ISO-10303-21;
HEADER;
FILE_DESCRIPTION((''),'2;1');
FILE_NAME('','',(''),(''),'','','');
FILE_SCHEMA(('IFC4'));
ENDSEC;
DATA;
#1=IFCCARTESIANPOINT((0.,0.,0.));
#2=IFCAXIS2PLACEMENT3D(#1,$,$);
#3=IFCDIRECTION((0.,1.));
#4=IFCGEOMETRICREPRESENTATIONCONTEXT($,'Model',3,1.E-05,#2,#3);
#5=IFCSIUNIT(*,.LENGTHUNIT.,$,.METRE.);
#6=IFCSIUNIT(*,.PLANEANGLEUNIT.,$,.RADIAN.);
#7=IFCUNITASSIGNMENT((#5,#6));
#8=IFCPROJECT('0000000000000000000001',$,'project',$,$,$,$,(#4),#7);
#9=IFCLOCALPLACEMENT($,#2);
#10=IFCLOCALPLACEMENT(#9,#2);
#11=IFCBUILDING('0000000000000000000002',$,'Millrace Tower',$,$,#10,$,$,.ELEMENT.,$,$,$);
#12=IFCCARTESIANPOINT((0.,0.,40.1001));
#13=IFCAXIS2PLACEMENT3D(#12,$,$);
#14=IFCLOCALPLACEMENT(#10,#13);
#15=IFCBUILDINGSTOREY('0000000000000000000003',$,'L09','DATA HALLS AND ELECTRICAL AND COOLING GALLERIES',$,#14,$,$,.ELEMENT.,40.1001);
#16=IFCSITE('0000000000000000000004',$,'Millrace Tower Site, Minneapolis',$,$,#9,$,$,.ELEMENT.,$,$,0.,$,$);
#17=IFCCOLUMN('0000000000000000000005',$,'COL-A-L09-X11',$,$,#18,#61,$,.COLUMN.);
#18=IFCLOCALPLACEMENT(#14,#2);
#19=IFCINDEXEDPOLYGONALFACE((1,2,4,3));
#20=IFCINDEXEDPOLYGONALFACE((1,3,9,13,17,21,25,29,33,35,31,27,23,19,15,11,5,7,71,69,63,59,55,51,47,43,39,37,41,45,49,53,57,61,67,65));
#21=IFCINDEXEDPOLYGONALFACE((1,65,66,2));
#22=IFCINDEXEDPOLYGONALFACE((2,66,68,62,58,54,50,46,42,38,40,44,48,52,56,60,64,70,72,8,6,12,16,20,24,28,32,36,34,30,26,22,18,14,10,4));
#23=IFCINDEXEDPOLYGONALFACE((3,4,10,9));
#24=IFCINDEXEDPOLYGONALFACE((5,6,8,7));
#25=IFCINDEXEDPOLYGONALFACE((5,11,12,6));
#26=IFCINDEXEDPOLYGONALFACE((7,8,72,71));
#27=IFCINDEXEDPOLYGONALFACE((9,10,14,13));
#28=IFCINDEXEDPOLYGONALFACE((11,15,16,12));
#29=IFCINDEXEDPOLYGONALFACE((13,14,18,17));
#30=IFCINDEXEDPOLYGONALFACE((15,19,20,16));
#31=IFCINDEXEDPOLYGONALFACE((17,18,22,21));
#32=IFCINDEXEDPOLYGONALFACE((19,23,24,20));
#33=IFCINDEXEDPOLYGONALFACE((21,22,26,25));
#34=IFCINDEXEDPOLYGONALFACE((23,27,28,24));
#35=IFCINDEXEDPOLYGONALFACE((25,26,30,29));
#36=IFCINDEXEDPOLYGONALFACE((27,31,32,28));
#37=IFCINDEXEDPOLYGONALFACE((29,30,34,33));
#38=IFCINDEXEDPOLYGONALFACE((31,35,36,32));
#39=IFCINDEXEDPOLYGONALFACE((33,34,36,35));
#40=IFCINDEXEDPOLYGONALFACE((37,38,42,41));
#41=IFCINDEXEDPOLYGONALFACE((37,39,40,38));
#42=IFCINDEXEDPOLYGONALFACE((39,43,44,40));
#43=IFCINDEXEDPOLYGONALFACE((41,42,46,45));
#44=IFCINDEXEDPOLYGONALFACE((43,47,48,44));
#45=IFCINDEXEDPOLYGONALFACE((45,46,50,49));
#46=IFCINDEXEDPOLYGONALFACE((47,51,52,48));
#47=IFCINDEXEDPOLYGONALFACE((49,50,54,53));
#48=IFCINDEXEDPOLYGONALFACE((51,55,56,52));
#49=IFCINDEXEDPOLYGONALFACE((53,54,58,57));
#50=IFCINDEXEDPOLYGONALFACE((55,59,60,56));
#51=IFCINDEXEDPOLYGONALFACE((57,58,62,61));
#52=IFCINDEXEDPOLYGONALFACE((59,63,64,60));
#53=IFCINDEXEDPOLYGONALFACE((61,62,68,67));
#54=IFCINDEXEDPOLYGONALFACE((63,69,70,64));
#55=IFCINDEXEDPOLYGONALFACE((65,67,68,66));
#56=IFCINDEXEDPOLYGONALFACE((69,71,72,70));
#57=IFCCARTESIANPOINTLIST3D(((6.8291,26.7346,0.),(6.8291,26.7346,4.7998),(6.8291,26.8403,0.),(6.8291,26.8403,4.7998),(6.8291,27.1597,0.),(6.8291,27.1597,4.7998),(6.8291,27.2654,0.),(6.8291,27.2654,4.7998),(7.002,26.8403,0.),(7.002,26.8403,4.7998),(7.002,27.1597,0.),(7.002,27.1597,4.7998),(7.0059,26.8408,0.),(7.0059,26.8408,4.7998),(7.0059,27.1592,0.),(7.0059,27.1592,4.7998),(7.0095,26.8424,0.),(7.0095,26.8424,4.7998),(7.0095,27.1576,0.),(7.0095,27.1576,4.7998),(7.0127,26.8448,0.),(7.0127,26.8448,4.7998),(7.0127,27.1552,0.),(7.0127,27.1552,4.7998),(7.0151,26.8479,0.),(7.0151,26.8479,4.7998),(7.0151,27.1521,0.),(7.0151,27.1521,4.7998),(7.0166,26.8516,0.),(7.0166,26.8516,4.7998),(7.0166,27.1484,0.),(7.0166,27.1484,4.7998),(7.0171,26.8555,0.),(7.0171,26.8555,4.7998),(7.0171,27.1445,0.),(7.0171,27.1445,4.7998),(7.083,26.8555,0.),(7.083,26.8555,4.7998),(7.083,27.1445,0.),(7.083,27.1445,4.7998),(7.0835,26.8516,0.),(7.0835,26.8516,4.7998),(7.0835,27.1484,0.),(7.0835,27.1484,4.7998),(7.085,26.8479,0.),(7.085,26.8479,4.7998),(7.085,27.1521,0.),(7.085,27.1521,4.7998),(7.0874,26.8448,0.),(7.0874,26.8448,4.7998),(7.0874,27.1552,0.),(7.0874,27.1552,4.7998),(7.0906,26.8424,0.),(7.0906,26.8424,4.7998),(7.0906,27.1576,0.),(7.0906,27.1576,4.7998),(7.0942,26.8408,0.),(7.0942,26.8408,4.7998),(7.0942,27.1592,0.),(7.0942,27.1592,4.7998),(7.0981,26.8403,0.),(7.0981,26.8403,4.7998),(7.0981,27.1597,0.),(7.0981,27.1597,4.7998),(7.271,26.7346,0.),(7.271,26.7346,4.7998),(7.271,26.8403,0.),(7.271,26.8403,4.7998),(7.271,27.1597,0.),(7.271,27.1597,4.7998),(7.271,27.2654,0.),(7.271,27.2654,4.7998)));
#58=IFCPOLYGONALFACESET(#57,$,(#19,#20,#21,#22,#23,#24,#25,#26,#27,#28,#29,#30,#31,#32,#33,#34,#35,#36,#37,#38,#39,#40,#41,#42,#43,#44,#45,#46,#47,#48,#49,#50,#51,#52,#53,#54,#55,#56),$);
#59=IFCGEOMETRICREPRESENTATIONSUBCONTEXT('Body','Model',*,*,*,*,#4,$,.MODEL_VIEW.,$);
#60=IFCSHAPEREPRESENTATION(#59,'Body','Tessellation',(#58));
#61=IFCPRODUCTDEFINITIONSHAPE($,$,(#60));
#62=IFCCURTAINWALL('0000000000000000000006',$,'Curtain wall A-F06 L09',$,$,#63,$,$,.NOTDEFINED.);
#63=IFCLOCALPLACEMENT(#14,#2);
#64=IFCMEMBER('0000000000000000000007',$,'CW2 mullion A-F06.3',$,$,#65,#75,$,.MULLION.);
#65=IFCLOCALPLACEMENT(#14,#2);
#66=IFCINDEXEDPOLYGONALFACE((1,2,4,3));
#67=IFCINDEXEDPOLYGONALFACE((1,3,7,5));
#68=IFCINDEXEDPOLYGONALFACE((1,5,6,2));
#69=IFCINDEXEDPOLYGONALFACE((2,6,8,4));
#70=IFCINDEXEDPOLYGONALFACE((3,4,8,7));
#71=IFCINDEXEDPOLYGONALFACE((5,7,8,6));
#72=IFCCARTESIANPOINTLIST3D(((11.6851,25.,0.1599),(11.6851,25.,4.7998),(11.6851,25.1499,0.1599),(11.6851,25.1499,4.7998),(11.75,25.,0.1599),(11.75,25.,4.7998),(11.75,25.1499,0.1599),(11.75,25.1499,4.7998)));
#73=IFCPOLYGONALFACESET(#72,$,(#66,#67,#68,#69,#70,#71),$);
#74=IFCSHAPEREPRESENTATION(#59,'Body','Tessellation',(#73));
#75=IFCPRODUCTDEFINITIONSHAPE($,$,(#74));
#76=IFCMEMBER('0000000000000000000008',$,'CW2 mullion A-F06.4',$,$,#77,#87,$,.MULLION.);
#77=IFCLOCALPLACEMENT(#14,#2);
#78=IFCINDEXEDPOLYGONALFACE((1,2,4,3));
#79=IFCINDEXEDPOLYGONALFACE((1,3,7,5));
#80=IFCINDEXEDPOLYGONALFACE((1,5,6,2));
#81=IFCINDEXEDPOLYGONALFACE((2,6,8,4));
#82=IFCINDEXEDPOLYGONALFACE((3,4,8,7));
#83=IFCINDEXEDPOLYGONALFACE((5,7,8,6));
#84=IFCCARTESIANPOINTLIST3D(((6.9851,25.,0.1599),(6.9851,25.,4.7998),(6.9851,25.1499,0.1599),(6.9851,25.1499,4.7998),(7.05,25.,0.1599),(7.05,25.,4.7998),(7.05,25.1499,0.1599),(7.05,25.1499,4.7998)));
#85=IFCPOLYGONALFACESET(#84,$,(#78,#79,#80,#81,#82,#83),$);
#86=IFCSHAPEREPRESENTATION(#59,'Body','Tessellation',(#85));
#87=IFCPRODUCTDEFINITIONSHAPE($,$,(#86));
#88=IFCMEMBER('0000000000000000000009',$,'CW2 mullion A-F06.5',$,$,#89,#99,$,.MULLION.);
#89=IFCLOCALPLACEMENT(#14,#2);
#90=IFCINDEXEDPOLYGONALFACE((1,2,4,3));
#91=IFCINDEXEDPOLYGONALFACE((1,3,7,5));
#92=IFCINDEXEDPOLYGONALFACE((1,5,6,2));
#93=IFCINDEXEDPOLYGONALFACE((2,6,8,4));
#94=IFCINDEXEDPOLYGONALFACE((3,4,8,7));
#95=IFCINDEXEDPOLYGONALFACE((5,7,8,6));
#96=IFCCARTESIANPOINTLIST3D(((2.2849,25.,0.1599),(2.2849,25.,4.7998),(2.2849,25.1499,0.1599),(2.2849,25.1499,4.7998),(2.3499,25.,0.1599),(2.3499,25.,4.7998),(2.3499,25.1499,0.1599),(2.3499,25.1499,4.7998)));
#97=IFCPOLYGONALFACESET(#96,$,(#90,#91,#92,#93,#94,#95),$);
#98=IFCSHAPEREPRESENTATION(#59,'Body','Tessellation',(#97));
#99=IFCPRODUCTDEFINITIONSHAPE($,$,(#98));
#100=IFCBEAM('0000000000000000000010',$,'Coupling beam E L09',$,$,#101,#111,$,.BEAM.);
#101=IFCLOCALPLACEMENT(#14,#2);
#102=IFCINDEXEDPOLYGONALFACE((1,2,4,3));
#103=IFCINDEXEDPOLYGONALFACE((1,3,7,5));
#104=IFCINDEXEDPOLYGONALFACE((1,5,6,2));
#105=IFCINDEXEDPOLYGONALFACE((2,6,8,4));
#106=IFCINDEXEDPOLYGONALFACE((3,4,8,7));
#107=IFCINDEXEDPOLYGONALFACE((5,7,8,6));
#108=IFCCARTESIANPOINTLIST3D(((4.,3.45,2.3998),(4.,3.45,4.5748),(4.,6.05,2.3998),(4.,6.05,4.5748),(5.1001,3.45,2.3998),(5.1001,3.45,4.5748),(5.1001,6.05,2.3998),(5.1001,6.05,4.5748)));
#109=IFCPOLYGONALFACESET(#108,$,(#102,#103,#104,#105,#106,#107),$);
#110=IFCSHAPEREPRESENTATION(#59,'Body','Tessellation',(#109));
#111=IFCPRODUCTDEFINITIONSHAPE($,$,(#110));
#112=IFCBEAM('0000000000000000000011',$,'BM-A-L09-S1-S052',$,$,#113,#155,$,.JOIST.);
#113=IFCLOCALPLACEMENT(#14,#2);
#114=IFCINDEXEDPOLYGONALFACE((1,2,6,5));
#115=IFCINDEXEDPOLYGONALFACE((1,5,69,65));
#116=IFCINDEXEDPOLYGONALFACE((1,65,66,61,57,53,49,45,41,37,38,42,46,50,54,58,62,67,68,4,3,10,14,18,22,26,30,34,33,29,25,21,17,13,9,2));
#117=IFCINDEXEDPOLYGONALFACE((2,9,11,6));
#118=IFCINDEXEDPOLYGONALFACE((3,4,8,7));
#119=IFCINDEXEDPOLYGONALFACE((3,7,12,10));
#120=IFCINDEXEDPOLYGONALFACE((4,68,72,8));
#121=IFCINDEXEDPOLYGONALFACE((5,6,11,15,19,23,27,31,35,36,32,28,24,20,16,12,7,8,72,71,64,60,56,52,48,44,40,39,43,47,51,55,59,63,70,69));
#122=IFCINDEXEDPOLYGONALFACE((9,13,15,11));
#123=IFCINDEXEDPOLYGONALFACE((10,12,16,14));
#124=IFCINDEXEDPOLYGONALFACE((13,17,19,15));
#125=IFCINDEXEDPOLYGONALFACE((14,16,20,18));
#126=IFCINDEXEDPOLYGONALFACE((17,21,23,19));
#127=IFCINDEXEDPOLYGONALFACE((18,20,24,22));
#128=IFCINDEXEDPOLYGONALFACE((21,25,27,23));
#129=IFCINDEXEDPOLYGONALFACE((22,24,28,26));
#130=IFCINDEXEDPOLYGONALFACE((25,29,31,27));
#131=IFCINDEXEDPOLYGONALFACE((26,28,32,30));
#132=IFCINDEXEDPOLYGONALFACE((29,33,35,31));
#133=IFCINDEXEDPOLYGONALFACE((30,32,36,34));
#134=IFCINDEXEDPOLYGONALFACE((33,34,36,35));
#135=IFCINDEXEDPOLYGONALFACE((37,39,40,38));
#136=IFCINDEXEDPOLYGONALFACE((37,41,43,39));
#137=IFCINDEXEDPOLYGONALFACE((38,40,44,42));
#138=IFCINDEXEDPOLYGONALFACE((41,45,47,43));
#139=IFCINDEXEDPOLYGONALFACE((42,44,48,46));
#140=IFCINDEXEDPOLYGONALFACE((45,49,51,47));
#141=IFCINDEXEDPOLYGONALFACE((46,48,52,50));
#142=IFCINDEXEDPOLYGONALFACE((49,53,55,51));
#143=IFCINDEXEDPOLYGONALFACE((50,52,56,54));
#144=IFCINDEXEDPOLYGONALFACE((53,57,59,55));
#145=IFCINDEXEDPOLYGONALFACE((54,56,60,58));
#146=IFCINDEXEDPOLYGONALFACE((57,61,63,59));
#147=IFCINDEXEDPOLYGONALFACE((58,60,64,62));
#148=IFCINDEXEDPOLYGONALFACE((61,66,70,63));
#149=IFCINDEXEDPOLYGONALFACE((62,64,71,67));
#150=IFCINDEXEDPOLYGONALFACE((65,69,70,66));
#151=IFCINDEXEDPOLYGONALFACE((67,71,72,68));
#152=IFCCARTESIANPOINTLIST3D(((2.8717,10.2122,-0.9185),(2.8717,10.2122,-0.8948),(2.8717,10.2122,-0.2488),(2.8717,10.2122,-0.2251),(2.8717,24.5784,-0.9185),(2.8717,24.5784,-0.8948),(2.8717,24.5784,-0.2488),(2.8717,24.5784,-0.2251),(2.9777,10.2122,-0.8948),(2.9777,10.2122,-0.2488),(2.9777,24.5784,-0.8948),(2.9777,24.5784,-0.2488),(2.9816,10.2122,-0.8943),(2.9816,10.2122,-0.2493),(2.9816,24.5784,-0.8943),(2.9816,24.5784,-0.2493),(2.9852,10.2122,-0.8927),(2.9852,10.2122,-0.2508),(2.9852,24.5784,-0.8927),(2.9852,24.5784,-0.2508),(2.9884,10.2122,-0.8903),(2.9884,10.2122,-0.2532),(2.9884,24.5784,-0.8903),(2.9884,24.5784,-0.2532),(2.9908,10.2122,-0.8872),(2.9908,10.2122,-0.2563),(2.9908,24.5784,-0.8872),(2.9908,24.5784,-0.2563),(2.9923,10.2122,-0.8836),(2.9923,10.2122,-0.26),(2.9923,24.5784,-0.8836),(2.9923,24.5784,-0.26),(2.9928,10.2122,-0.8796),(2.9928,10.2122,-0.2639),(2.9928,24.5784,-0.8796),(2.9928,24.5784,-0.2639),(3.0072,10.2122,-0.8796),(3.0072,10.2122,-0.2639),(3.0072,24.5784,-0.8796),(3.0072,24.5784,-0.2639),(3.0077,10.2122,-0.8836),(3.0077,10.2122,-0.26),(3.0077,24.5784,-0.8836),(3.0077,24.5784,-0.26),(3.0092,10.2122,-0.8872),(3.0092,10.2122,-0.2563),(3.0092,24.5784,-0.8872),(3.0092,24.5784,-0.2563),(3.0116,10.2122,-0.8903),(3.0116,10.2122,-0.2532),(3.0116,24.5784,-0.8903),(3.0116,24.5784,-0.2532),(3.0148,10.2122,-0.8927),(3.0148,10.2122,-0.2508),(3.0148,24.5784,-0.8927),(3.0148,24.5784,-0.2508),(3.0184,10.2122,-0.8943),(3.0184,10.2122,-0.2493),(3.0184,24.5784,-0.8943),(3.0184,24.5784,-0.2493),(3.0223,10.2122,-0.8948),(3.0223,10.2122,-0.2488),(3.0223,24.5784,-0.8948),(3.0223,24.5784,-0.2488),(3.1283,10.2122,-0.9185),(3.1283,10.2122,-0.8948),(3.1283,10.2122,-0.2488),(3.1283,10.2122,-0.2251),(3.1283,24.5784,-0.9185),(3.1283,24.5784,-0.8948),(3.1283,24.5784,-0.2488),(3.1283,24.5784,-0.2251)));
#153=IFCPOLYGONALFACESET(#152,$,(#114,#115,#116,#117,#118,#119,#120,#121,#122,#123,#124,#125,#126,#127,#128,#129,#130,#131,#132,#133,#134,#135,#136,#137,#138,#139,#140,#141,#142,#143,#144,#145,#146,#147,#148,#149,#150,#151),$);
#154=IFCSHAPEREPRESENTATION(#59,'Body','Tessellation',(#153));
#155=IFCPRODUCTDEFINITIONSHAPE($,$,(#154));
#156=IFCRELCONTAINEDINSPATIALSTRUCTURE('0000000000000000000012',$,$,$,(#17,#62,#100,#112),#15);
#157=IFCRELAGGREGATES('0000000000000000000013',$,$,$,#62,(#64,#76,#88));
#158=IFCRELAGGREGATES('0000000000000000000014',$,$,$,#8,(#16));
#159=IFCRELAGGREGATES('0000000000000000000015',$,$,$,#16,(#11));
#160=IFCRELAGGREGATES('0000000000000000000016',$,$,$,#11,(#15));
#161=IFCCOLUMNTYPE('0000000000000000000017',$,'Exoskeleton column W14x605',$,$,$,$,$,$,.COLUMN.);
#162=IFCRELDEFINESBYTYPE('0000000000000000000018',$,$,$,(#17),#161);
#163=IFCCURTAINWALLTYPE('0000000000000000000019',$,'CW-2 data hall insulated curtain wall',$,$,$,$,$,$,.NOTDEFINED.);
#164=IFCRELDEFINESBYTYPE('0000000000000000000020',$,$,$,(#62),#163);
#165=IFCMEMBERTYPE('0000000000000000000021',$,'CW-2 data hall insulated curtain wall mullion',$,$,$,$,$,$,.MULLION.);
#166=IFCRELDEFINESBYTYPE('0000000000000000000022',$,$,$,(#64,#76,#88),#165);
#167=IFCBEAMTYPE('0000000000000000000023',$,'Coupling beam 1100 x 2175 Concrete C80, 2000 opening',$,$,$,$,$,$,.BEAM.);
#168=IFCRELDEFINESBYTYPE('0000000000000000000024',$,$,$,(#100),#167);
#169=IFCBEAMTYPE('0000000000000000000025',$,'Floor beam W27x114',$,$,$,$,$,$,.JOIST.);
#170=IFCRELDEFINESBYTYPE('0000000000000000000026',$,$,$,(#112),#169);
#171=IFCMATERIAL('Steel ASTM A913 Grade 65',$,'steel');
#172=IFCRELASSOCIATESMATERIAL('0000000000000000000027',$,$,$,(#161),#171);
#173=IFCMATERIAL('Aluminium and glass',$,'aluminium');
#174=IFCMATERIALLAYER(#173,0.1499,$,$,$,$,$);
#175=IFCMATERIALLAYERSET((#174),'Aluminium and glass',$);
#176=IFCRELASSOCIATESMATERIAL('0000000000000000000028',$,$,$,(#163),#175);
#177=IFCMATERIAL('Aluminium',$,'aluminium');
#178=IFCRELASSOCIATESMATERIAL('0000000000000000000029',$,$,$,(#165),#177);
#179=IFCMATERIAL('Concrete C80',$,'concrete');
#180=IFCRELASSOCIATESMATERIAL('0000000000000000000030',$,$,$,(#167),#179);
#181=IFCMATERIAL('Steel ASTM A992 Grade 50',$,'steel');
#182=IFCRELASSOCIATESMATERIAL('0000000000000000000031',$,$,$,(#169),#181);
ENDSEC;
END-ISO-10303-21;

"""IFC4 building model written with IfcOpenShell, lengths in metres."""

from ifc_helpers import new_model, si_unit, direction, frame, origin, origin_2d, place, context, subcontext, project, spatial, rectangle, i_section, extrude, material, layer, layer_set, material_profile, profile_set, type_object, element, aggregate, save


model = new_model("IFC4")

# Units and contexts
model_context = context("Model", 3, precision=1e-05, world=origin(), true_north=direction((0.0, 1.0)))
body_context = subcontext(model_context, "Body", "Model", "MODEL_VIEW")
ifc_project = project(units=[si_unit("LENGTHUNIT", "METRE"), si_unit("PLANEANGLEUNIT", "RADIAN")], contexts=[model_context])

# Site, building, storey
site_placement = place(None, origin())
site = spatial("IfcSite", under=ifc_project, at=site_placement, Name="Millrace Tower Site, Minneapolis", CompositionType="ELEMENT", RefElevation=0.0)
building_placement = place(site_placement, origin())
building = spatial("IfcBuilding", under=site, at=building_placement, Name="Millrace Tower", CompositionType="ELEMENT")
storey_placement = place(building_placement, frame((0.0, 0.0, 40.1001)))
storey = spatial("IfcBuildingStorey", under=building, at=storey_placement, Name="L09", Description="DATA HALLS AND ELECTRICAL AND COOLING GALLERIES", CompositionType="ELEMENT", Elevation=40.1001)

# Column
ifc_material_1 = material(Name="Steel ASTM A913 Grade 65", Category="steel")
ifc_material_profile_1 = material_profile(ifc_material_1, i_section(OverallWidth=0.4419, OverallDepth=0.5308, WebThickness=0.0659, FlangeThickness=0.1057, FilletRadius=0.0151, at=origin_2d()))
ifc_profile_set_1 = profile_set([ifc_material_profile_1], Name="Steel ASTM A913 Grade 65")
column_type = type_object("IfcColumnType", Name="Exoskeleton column W14x605", PredefinedType="COLUMN", material=ifc_profile_set_1)
column_placement = place(storey_placement, frame((7.05, 27.0, 0.0), z_axis=(0.0, 0.0, 1.0), x_axis=(-1.0, 0.0, 0.0)))
element("IfcColumn", 1, at=column_placement, inside=storey, type_object=column_type, Name="COL-A-L09-X11", PredefinedType="COLUMN", context=body_context, shape_type="SweptSolid", body=[
    extrude(i_section(OverallWidth=0.4419, OverallDepth=0.5308, WebThickness=0.0659, FlangeThickness=0.1057, FilletRadius=0.0151, at=origin_2d()), origin(), (0.0, 0.0, 1.0), 4.7998),
])

# Curtain wall, members
ifc_material_2 = material(Name="Aluminium and glass", Category="aluminium")
ifc_layer_1 = layer(ifc_material_2, 0.1499)
ifc_layer_set_1 = layer_set([ifc_layer_1], Name="Aluminium and glass")
curtain_wall_type = type_object("IfcCurtainWallType", Name="CW-2 data hall insulated curtain wall", PredefinedType="NOTDEFINED", material=ifc_layer_set_1)
curtain_wall_placement = place(storey_placement, origin())
curtain_wall = element("IfcCurtainWall", 2, at=curtain_wall_placement, inside=storey, type_object=curtain_wall_type, Name="Curtain wall A-F06 L09", PredefinedType="NOTDEFINED")
ifc_material_3 = material(Name="Aluminium", Category="aluminium")
ifc_material_profile_2 = material_profile(ifc_material_3, rectangle(XDim=0.0649, YDim=0.1499, at=origin_2d()))
ifc_profile_set_2 = profile_set([ifc_material_profile_2], Name="Aluminium")
member_type = type_object("IfcMemberType", Name="CW-2 data hall insulated curtain wall mullion", PredefinedType="MULLION", material=ifc_profile_set_2)
member_1_placement = place(storey_placement, frame((11.7175, 25.075, 0.1599), z_axis=(0.0, 0.0, 1.0), x_axis=(-1.0, 0.0, 0.0)))
member_1 = element("IfcMember", 3, at=member_1_placement, type_object=member_type, Name="CW2 mullion A-F06.3", PredefinedType="MULLION", context=body_context, shape_type="SweptSolid", body=[
    extrude(rectangle(XDim=0.0649, YDim=0.1499, at=origin_2d()), origin(), (0.0, 0.0, 1.0), 4.6399),
])
member_2_placement = place(storey_placement, frame((7.0176, 25.075, 0.1599), z_axis=(0.0, 0.0, 1.0), x_axis=(-1.0, 0.0, 0.0)))
member_2 = element("IfcMember", 4, at=member_2_placement, type_object=member_type, Name="CW2 mullion A-F06.4", PredefinedType="MULLION", context=body_context, shape_type="SweptSolid", body=[
    extrude(rectangle(XDim=0.0649, YDim=0.1499, at=origin_2d()), origin(), (0.0, 0.0, 1.0), 4.6399),
])
member_3_placement = place(storey_placement, frame((2.3174, 25.075, 0.1599), z_axis=(0.0, 0.0, 1.0), x_axis=(-1.0, 0.0, 0.0)))
member_3 = element("IfcMember", 5, at=member_3_placement, type_object=member_type, Name="CW2 mullion A-F06.5", PredefinedType="MULLION", context=body_context, shape_type="SweptSolid", body=[
    extrude(rectangle(XDim=0.0649, YDim=0.1499, at=origin_2d()), origin(), (0.0, 0.0, 1.0), 4.6399),
])
aggregate(curtain_wall, [member_1, member_2, member_3])

# Beams
ifc_material_4 = material(Name="Concrete C80", Category="concrete")
ifc_material_profile_3 = material_profile(ifc_material_4, rectangle(XDim=1.1001, YDim=2.175, at=origin_2d()))
ifc_profile_set_3 = profile_set([ifc_material_profile_3], Name="Concrete C80")
beam_type_1 = type_object("IfcBeamType", Name="Coupling beam 1100 x 2175 Concrete C80, 2000 opening", PredefinedType="BEAM", material=ifc_profile_set_3)
beam_1_placement = place(storey_placement, frame((4.55, 6.05, 3.4873), z_axis=(0.0, -1.0, 0.0), x_axis=(1.0, 0.0, 0.0)))
element("IfcBeam", 6, at=beam_1_placement, inside=storey, type_object=beam_type_1, Name="Coupling beam E L09", PredefinedType="BEAM", context=body_context, shape_type="SweptSolid", body=[
    extrude(rectangle(XDim=1.1001, YDim=2.175, at=origin_2d()), origin(), (0.0, 0.0, 1.0), 2.6001),
])
ifc_material_5 = material(Name="Steel ASTM A992 Grade 50", Category="steel")
ifc_material_profile_4 = material_profile(ifc_material_5, i_section(OverallWidth=0.2566, OverallDepth=0.6934, WebThickness=0.0144, FlangeThickness=0.0237, FilletRadius=0.0151, at=origin_2d()))
ifc_profile_set_4 = profile_set([ifc_material_profile_4], Name="Steel ASTM A992 Grade 50")
beam_type_2 = type_object("IfcBeamType", Name="Floor beam W27x114", PredefinedType="JOIST", material=ifc_profile_set_4)
beam_2_placement = place(storey_placement, frame((3.0, 10.2122, -0.5718), z_axis=(0.0, 1.0, 0.0), x_axis=(-1.0, 0.0, 0.0)))
element("IfcBeam", 7, at=beam_2_placement, inside=storey, type_object=beam_type_2, Name="BM-A-L09-S1-S052", PredefinedType="JOIST", context=body_context, shape_type="SweptSolid", body=[
    extrude(i_section(OverallWidth=0.2566, OverallDepth=0.6934, WebThickness=0.0144, FlangeThickness=0.0237, FilletRadius=0.0151, at=origin_2d()), origin(), (0.0, 0.0, 1.0), 14.3662),
])

save(model, "model.ifc")
